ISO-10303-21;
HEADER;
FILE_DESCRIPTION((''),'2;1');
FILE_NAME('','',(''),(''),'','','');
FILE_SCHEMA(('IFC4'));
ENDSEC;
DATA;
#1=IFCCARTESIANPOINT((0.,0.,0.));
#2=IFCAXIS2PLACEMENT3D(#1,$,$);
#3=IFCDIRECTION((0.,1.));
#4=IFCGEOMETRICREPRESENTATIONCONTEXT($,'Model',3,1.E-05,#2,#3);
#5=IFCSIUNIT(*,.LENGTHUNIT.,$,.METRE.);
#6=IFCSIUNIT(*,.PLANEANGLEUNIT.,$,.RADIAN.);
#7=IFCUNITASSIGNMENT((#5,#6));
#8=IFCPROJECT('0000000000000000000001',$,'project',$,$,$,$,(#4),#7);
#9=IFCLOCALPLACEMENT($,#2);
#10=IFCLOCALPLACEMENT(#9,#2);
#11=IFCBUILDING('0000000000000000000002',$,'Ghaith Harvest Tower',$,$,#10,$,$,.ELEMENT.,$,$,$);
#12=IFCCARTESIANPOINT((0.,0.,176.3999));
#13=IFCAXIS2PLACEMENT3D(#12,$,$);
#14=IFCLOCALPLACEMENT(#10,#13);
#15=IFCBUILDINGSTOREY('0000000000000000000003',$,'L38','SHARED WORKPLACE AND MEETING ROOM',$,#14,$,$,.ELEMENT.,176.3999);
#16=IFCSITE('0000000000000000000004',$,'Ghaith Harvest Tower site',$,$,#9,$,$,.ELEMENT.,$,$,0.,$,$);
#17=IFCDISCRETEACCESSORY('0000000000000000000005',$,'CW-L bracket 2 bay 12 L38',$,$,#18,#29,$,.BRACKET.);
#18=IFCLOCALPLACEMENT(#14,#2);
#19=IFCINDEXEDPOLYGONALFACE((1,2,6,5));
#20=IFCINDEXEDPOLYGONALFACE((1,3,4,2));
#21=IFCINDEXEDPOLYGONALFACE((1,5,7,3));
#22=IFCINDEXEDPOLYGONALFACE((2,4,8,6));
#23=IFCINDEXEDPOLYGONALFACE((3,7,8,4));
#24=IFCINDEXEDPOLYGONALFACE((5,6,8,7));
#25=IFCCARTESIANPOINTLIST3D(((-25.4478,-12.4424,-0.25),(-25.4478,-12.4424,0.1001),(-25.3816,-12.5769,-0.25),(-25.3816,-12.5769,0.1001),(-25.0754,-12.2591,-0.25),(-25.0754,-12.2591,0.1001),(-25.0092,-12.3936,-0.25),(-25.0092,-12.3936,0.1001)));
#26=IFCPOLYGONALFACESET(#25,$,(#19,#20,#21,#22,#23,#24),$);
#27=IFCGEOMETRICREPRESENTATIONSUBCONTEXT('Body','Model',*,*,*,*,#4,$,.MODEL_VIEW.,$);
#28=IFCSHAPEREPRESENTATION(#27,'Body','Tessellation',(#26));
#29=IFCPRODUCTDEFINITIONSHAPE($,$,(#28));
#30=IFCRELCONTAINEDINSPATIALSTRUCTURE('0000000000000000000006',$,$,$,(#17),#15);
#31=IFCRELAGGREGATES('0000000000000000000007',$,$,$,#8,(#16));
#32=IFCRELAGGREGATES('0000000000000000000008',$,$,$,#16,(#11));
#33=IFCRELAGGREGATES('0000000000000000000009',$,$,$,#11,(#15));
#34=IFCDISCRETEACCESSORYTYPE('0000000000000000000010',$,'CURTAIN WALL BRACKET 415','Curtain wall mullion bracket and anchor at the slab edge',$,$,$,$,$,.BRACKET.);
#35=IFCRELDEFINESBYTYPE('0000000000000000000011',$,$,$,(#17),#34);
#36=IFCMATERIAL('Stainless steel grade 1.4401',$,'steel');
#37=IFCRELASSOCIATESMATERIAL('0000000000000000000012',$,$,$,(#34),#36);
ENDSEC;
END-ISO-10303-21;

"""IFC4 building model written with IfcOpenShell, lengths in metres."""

from ifc_helpers import new_model, si_unit, direction, frame, origin, origin_2d, place, context, subcontext, project, spatial, rectangle, extrude, material, type_object, element, save


model = new_model("IFC4")

# Units and contexts
model_context = context("Model", 3, precision=1e-05, world=origin(), true_north=direction((0.0, 1.0)))
body_context = subcontext(model_context, "Body", "Model", "MODEL_VIEW")
ifc_project = project(units=[si_unit("LENGTHUNIT", "METRE"), si_unit("PLANEANGLEUNIT", "RADIAN")], contexts=[model_context])

# Site, building, storey
site_placement = place(None, origin())
site = spatial("IfcSite", under=ifc_project, at=site_placement, Name="Ghaith Harvest Tower site", CompositionType="ELEMENT", RefElevation=0.0)
building_placement = place(site_placement, origin())
building = spatial("IfcBuilding", under=site, at=building_placement, Name="Ghaith Harvest Tower", CompositionType="ELEMENT")
storey_placement = place(building_placement, frame((0.0, 0.0, 176.3999)))
storey = spatial("IfcBuildingStorey", under=building, at=storey_placement, Name="L38", Description="SHARED WORKPLACE AND MEETING ROOM", CompositionType="ELEMENT", Elevation=176.3999)

# Discrete accessory
ifc_material_1 = material(Name="Stainless steel grade 1.4401", Category="steel")
discrete_accessory_type_1 = type_object("IfcDiscreteAccessoryType", Name="CURTAIN WALL BRACKET 415", Description="Curtain wall mullion bracket and anchor at the slab edge", PredefinedType="BRACKET", material=ifc_material_1)
discrete_accessory_1_placement = place(storey_placement, frame((-25.2285, -12.418, -0.25), z_axis=(0.0, 0.0, 1.0), x_axis=(-0.897201, -0.441622, 0.0)))
element("IfcDiscreteAccessory", 1, at=discrete_accessory_1_placement, inside=storey, type_object=discrete_accessory_type_1, Name="CW-L bracket 2 bay 12 L38", PredefinedType="BRACKET", context=body_context, shape_type="SweptSolid", body=[
    extrude(rectangle(XDim=0.415, YDim=0.1499, at=origin_2d()), origin(), (0.0, 0.0, 1.0), 0.3501),
])

save(model, "model.ifc")
